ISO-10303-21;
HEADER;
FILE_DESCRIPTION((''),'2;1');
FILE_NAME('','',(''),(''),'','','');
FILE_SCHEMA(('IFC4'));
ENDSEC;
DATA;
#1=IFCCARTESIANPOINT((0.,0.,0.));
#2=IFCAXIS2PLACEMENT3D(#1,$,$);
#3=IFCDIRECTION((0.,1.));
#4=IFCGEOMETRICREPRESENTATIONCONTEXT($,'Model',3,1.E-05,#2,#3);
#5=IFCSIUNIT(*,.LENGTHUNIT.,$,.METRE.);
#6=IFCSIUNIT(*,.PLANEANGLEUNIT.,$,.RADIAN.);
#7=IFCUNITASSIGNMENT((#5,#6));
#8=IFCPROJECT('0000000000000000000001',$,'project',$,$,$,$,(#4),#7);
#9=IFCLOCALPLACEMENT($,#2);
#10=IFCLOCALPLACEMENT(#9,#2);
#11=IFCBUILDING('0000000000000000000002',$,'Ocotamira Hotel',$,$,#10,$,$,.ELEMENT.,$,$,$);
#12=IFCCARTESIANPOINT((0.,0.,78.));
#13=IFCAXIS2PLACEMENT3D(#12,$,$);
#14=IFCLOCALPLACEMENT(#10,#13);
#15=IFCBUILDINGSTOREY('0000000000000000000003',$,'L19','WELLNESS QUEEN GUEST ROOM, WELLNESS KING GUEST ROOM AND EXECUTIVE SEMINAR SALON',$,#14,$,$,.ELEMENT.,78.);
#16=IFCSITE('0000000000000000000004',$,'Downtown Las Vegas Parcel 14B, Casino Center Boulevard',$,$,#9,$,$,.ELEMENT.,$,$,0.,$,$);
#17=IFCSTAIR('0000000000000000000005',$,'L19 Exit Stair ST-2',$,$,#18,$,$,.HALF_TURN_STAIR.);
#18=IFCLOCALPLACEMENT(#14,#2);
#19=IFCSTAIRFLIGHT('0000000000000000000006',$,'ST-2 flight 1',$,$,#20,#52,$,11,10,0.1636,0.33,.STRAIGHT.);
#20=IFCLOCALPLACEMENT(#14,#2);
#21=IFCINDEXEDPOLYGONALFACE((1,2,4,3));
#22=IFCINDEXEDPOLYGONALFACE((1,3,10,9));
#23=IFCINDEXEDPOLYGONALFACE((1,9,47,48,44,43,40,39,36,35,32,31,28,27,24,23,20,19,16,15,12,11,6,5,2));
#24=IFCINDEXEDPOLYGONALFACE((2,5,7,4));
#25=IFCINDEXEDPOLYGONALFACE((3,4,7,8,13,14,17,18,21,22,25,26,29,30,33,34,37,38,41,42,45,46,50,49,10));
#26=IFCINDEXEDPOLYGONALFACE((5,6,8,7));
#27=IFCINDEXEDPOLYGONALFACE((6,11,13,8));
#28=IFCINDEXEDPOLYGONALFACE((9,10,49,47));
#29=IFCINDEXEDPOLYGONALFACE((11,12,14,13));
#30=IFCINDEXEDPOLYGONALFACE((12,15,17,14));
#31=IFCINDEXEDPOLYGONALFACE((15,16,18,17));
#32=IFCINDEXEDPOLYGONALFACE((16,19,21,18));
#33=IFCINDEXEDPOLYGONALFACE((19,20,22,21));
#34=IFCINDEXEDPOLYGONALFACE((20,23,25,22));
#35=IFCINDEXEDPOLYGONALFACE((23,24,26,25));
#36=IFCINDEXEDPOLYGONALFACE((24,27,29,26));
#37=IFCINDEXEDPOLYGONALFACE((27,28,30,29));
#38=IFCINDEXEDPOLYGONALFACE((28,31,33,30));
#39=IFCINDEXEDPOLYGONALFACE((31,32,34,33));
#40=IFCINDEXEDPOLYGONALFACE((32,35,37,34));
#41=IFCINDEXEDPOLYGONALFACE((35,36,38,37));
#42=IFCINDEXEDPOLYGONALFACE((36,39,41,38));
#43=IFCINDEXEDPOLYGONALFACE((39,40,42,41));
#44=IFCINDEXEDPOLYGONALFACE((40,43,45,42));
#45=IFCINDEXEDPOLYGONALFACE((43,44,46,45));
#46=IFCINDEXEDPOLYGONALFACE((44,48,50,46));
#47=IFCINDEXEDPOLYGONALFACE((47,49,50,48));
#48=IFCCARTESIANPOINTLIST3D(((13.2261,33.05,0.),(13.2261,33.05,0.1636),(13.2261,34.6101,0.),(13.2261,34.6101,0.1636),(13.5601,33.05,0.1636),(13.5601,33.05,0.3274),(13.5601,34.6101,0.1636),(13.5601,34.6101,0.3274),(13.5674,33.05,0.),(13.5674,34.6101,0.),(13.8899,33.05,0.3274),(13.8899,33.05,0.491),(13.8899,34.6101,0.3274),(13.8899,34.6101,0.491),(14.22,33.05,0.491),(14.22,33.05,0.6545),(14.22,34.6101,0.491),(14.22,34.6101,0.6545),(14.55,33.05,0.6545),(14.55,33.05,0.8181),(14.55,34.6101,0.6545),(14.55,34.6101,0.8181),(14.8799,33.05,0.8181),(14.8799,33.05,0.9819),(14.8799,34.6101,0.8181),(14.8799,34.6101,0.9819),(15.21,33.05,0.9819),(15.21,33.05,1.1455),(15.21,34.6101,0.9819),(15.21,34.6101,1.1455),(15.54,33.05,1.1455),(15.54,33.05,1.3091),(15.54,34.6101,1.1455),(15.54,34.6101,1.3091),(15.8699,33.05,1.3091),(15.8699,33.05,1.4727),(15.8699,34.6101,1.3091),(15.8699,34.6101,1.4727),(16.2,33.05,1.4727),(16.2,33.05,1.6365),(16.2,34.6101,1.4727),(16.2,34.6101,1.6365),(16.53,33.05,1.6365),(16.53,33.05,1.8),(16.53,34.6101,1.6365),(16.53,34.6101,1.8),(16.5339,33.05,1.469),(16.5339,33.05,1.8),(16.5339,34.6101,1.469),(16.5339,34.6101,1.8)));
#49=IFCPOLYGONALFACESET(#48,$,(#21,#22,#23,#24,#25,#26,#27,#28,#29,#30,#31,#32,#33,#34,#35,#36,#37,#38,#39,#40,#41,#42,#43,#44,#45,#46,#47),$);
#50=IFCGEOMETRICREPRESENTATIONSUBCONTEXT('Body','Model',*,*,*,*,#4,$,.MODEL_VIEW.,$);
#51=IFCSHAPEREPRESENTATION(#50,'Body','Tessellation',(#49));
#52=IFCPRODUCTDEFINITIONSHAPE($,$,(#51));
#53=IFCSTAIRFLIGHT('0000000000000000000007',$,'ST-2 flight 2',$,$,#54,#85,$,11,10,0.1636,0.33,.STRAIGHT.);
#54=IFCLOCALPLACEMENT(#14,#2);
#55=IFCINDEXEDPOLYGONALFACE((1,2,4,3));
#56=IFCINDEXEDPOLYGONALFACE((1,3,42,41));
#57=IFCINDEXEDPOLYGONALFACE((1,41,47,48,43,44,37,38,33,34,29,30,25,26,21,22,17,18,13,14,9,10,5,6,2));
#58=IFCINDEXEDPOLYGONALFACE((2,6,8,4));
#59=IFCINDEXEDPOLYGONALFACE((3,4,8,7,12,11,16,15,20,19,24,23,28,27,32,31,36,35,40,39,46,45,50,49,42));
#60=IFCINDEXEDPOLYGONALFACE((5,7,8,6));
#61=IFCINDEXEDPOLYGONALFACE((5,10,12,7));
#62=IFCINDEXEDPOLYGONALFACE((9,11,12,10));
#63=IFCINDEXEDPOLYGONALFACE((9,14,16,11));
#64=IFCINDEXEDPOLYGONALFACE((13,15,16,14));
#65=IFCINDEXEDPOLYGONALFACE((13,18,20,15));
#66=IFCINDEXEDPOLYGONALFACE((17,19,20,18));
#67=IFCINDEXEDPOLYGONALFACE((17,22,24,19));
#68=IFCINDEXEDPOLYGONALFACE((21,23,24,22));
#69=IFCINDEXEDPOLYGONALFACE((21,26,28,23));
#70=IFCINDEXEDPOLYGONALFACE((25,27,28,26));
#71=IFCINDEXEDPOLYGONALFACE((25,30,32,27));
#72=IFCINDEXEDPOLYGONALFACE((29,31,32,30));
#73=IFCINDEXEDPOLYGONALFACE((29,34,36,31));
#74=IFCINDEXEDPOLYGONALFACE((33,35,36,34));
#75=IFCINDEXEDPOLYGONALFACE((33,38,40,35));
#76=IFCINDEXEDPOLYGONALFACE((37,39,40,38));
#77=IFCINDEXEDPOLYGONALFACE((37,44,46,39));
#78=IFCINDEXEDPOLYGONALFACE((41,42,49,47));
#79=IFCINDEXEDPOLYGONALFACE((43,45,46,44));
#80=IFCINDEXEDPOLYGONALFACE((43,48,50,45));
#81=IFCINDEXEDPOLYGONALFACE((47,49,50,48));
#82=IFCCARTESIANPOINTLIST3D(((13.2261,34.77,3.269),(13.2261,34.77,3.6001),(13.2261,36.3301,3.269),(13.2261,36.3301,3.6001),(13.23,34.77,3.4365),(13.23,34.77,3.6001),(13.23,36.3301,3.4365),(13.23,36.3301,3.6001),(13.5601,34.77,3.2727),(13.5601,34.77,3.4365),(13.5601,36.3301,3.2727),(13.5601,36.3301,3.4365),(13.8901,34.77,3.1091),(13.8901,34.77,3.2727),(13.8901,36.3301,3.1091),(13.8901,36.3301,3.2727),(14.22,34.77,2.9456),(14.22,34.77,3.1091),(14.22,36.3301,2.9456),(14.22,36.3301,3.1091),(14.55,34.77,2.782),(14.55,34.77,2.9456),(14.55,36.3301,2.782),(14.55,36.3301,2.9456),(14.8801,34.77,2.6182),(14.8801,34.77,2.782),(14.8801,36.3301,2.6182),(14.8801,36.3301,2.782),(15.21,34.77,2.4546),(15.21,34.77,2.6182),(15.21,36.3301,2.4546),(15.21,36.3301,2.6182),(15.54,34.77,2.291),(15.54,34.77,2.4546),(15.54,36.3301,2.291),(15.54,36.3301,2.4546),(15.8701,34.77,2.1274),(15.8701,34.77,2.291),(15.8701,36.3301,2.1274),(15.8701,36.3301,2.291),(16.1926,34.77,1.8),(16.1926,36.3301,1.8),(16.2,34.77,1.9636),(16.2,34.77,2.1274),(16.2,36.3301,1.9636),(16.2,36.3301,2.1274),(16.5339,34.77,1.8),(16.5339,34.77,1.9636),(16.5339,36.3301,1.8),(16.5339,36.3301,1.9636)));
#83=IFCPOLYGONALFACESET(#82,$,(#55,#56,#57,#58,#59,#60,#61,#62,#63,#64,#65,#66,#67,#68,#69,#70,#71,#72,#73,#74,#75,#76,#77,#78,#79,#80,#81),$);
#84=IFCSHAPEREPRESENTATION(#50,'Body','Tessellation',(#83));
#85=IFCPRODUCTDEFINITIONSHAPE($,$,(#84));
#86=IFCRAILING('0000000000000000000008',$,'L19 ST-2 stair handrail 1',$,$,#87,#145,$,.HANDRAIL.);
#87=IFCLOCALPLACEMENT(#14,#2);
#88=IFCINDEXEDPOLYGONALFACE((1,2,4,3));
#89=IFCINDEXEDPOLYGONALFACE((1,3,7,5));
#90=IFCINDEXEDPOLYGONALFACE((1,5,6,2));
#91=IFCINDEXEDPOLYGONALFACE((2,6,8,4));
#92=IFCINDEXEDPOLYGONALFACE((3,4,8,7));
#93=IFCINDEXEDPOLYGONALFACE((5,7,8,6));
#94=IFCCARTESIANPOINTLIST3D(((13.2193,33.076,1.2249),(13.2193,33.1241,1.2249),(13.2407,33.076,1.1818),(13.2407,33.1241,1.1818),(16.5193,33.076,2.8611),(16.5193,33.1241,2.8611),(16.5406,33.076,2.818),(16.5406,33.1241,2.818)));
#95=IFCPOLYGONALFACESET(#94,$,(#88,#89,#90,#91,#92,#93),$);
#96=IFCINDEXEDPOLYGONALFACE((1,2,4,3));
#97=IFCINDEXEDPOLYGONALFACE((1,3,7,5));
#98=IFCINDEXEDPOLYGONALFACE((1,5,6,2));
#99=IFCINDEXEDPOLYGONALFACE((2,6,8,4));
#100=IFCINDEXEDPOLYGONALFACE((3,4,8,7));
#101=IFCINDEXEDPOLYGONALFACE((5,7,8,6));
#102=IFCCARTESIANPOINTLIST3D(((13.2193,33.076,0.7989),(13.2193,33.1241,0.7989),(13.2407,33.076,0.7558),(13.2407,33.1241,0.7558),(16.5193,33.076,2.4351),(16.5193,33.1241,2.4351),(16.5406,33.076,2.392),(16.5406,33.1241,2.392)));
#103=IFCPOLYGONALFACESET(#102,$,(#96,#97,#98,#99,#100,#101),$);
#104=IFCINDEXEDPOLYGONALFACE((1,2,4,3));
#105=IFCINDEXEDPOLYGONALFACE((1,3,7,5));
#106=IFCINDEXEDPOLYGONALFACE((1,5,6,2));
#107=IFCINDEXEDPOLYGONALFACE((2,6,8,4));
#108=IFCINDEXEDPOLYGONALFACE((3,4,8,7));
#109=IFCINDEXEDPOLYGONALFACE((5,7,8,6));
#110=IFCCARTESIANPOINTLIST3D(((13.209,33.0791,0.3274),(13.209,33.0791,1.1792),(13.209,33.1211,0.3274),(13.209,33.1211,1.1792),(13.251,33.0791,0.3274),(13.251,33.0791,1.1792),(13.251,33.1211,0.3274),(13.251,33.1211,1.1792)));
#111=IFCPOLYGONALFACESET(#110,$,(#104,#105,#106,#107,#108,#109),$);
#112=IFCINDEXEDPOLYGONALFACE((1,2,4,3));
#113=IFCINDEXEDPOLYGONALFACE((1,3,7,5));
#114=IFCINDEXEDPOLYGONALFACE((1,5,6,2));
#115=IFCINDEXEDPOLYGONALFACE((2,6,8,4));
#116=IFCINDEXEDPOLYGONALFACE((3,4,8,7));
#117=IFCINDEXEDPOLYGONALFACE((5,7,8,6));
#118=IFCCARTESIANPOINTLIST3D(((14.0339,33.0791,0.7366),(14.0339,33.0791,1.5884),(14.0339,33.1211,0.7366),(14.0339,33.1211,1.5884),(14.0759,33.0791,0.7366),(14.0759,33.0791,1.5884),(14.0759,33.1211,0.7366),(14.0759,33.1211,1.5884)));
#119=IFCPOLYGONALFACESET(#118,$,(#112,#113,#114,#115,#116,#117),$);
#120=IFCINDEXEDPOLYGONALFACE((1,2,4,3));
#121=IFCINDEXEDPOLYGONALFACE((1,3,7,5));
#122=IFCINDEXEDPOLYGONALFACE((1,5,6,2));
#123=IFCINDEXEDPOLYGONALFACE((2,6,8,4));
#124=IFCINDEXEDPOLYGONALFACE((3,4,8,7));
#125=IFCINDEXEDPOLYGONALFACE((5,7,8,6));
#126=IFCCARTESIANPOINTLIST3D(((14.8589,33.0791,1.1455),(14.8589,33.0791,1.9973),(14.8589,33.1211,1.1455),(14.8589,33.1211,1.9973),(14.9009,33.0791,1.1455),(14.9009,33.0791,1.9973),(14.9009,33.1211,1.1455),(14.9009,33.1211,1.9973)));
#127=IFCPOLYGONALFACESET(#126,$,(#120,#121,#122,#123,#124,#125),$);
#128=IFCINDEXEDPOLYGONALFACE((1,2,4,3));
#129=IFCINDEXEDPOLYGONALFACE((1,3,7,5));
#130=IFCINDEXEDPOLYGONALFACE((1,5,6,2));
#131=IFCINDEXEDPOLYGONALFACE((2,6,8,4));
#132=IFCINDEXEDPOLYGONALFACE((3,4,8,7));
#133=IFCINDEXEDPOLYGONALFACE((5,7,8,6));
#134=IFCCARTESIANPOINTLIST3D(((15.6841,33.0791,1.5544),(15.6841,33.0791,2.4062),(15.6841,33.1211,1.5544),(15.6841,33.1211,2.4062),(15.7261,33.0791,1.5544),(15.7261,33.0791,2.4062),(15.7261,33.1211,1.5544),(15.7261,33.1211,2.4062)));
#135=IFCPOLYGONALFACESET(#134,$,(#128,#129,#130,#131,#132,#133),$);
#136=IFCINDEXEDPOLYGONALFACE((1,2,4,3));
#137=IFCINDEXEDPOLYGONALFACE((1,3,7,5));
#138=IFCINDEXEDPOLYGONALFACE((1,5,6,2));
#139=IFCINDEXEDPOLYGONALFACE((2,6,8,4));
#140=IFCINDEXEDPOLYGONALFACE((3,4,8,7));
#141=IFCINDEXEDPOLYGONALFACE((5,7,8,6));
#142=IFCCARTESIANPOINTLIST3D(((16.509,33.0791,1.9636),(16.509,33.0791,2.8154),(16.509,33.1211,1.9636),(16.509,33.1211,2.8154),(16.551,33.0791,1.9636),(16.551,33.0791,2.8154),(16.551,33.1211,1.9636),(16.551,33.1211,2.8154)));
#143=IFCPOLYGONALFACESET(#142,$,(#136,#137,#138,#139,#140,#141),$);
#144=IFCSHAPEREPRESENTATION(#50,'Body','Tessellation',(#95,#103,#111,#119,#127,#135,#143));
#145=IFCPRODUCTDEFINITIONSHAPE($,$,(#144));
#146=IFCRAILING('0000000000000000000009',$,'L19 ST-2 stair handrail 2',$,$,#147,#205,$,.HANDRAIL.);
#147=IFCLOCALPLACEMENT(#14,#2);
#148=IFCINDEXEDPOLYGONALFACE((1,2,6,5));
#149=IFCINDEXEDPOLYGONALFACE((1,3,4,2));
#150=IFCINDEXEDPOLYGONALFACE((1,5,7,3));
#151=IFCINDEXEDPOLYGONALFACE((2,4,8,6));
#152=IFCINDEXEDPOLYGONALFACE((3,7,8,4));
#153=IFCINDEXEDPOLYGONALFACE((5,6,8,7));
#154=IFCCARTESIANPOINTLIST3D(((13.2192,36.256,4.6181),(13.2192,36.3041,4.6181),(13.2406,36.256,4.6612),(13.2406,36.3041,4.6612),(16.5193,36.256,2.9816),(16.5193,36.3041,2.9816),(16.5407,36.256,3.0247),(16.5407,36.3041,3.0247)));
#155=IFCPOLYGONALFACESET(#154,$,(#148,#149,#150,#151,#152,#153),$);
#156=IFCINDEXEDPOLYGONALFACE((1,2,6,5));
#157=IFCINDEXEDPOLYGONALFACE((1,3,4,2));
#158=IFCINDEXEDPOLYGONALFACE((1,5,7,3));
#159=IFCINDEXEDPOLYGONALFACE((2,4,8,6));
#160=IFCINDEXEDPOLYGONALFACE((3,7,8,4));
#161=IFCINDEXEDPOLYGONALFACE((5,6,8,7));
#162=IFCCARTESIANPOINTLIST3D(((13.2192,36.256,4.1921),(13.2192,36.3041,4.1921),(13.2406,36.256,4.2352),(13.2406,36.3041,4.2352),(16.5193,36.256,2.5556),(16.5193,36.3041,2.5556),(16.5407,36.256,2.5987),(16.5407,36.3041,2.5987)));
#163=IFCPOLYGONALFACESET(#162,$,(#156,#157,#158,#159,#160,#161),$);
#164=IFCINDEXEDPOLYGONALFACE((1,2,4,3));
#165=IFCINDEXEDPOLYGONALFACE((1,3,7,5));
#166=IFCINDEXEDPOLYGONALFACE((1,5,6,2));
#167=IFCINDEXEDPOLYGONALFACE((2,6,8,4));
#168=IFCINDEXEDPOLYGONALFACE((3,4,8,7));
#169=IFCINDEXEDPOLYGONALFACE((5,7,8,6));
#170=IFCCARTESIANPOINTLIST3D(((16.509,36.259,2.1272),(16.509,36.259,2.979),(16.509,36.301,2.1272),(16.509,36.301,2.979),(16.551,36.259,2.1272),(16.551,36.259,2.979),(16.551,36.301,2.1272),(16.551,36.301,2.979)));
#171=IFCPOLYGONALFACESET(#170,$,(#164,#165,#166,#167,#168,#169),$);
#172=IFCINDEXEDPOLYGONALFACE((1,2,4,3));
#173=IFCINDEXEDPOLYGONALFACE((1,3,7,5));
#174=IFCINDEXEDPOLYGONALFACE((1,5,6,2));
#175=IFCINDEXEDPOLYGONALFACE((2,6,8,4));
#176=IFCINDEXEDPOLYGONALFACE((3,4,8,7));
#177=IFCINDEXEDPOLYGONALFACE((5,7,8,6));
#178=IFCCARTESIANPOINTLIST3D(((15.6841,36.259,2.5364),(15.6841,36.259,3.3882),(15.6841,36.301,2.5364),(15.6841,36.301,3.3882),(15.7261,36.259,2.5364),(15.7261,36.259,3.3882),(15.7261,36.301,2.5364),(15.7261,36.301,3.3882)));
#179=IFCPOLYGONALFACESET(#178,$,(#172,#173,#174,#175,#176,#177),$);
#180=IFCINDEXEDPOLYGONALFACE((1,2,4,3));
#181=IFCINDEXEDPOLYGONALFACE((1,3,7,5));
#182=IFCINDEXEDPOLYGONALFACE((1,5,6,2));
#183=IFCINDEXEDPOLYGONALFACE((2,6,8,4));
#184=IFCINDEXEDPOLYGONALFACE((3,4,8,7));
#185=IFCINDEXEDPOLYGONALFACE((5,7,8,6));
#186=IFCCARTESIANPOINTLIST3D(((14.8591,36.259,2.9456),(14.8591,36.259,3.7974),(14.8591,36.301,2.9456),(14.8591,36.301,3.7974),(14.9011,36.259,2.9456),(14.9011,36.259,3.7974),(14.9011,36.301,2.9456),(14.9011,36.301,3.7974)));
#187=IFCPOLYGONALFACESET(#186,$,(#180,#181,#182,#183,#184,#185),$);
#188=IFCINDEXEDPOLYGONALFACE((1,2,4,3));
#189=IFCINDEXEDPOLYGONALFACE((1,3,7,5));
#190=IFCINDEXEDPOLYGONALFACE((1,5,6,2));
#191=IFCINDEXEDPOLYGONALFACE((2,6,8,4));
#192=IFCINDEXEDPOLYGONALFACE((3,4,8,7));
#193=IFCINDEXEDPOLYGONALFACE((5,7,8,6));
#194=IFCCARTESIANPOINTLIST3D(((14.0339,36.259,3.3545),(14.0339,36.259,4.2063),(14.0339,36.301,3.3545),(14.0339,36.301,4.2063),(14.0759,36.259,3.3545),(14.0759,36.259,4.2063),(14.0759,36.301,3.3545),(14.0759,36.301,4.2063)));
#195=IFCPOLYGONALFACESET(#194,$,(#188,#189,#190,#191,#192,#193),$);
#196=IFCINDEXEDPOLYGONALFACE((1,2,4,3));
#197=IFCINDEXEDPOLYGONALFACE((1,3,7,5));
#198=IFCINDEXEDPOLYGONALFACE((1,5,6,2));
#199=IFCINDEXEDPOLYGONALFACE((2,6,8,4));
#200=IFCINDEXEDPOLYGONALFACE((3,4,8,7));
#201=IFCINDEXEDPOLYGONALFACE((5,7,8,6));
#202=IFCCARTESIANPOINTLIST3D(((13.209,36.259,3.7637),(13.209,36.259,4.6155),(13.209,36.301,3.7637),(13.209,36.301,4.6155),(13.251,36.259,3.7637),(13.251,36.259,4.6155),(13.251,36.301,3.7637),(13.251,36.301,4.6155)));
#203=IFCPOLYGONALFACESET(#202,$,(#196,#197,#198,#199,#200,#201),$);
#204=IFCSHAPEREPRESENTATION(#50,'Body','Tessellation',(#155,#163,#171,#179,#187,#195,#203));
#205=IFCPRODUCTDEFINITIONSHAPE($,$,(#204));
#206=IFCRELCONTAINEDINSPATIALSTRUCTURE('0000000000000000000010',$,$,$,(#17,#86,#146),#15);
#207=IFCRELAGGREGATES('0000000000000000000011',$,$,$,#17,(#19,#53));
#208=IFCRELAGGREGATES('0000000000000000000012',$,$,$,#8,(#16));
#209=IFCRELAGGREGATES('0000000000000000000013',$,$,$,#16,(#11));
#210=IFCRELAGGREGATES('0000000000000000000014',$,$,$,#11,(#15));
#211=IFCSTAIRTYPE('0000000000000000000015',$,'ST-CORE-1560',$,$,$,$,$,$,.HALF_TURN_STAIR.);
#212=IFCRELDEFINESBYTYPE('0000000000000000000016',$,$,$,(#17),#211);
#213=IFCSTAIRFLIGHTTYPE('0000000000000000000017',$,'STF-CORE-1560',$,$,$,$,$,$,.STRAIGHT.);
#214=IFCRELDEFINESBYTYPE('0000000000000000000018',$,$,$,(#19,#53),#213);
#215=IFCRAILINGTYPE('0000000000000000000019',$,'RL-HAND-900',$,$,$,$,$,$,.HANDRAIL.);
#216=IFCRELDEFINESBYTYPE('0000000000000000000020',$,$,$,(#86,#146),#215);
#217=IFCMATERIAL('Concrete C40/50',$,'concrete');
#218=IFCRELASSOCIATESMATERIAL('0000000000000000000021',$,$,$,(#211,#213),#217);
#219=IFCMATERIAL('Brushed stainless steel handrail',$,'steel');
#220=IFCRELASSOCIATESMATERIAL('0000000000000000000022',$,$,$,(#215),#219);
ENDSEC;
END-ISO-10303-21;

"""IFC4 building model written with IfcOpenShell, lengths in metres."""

from ifc_helpers import new_model, si_unit, direction, frame, origin, origin_2d, place, context, subcontext, project, spatial, polyline, rectangle, outline, extrude, source, transform, mapped, material, type_object, element, aggregate, save


model = new_model("IFC4")

# Units and contexts
model_context = context("Model", 3, precision=1e-05, world=origin(), true_north=direction((0.0, 1.0)))
body_context = subcontext(model_context, "Body", "Model", "MODEL_VIEW")
ifc_project = project(units=[si_unit("LENGTHUNIT", "METRE"), si_unit("PLANEANGLEUNIT", "RADIAN")], contexts=[model_context])

# Site, building, storey
site_placement = place(None, origin())
site = spatial("IfcSite", under=ifc_project, at=site_placement, Name="Downtown Las Vegas Parcel 14B, Casino Center Boulevard", CompositionType="ELEMENT", RefElevation=0.0)
building_placement = place(site_placement, origin())
building = spatial("IfcBuilding", under=site, at=building_placement, Name="Ocotamira Hotel", CompositionType="ELEMENT")
storey_placement = place(building_placement, frame((0.0, 0.0, 78.0)))
storey = spatial("IfcBuildingStorey", under=building, at=storey_placement, Name="L19", Description="WELLNESS QUEEN GUEST ROOM, WELLNESS KING GUEST ROOM AND EXECUTIVE SEMINAR SALON", CompositionType="ELEMENT", Elevation=78.0)

# Stair, stair flights
ifc_material_1 = material(Name="Concrete C40/50", Category="concrete")
stair_type = type_object("IfcStairType", Name="ST-CORE-1560", PredefinedType="HALF_TURN_STAIR", material=ifc_material_1)
stair_placement = place(storey_placement, origin())
stair = element("IfcStair", 1, at=stair_placement, inside=storey, type_object=stair_type, Name="L19 Exit Stair ST-2", PredefinedType="HALF_TURN_STAIR")
stair_flight_type = type_object("IfcStairFlightType", Name="STF-CORE-1560", PredefinedType="STRAIGHT", material=ifc_material_1)
shared_shape_1 = source(origin(), body_context, "Body", "SweptSolid", [
    extrude(outline(polyline([(-0.0039, 0.0), (-0.0039, 0.1636), (0.3301, 0.1636), (0.3301, 0.3274), (0.6599, 0.3274), (0.6599, 0.491), (0.99, 0.491), (0.99, 0.6545), (1.3201, 0.6545), (1.3201, 0.8181), (1.6499, 0.8181), (1.6499, 0.9819), (1.98, 0.9819), (1.98, 1.1455), (2.3101, 1.1455), (2.3101, 1.3091), (2.6399, 1.3091), (2.6399, 1.4727), (2.97, 1.4727), (2.97, 1.6365), (3.3, 1.6365), (3.3, 1.8), (3.304, 1.8), (3.304, 1.469), (0.3374, 0.0), (-0.0039, 0.0)])), frame((0.0, 0.78, 0.0), z_axis=(0.0, -1.0, 0.0), x_axis=(1.0, 0.0, 0.0)), (0.0, 0.0, 1.0), 1.5601),
])
stair_flight_1_placement = place(storey_placement, frame((13.23, 33.8301, 0.0), z_axis=(0.0, 0.0, 1.0), x_axis=(1.0, 0.0, 0.0)))
stair_flight_1 = element("IfcStairFlight", 2, at=stair_flight_1_placement, type_object=stair_flight_type, Name="ST-2 flight 1", NumberOfRisers=11, NumberOfTreads=10, PredefinedType="STRAIGHT", RiserHeight=0.1636, TreadLength=0.33, context=body_context, shape_type="MappedRepresentation", body=[
    mapped(shared_shape_1, transform((0.0, 0.0, 0.0), scale=1.0)),
])
stair_flight_2_placement = place(storey_placement, frame((16.53, 35.55, 1.8), z_axis=(0.0, 0.0, 1.0), x_axis=(-1.0, 0.0, 0.0)))
stair_flight_2 = element("IfcStairFlight", 3, at=stair_flight_2_placement, type_object=stair_flight_type, Name="ST-2 flight 2", NumberOfRisers=11, NumberOfTreads=10, PredefinedType="STRAIGHT", RiserHeight=0.1636, TreadLength=0.33, context=body_context, shape_type="MappedRepresentation", body=[
    mapped(shared_shape_1, transform((0.0, 0.0, 0.0), scale=1.0)),
])
aggregate(stair, [stair_flight_1, stair_flight_2])

# Railings
ifc_material_2 = material(Name="Brushed stainless steel handrail", Category="steel")
railing_type_1 = type_object("IfcRailingType", Name="RL-HAND-900", PredefinedType="HANDRAIL", material=ifc_material_2)
railing_1_placement = place(storey_placement, frame((13.23, 33.1001, 0.3274)))
element("IfcRailing", 4, at=railing_1_placement, inside=storey, type_object=railing_type_1, Name="L19 ST-2 stair handrail 1", PredefinedType="HANDRAIL", context=body_context, shape_type="SweptSolid", body=[
    extrude(rectangle(XDim=0.0481, YDim=0.0481, at=origin_2d()), frame((0.0, 0.0, 0.876), z_axis=(0.89592, 0.0, 0.444215), x_axis=(0.0, 1.0, 0.0)), (0.0, 0.0, 1.0), 3.6833),
    extrude(rectangle(XDim=0.0481, YDim=0.0481, at=origin_2d()), frame((0.0, 0.0, 0.45), z_axis=(0.89592, 0.0, 0.444215), x_axis=(0.0, 1.0, 0.0)), (0.0, 0.0, 1.0), 3.6833),
    extrude(rectangle(XDim=0.042, YDim=0.042, at=origin_2d()), origin(), (0.0, 0.0, 1.0), 0.8518),
    extrude(rectangle(XDim=0.042, YDim=0.042, at=origin_2d()), frame((0.825, 0.0, 0.4092)), (0.0, 0.0, 1.0), 0.8518),
    extrude(rectangle(XDim=0.042, YDim=0.042, at=origin_2d()), frame((1.6499, 0.0, 0.8181)), (0.0, 0.0, 1.0), 0.8518),
    extrude(rectangle(XDim=0.042, YDim=0.042, at=origin_2d()), frame((2.4751, 0.0, 1.2271)), (0.0, 0.0, 1.0), 0.8518),
    extrude(rectangle(XDim=0.042, YDim=0.042, at=origin_2d()), frame((3.3, 0.0, 1.6362)), (0.0, 0.0, 1.0), 0.8518),
])
railing_2_placement = place(storey_placement, frame((16.53, 36.28, 2.1272)))
element("IfcRailing", 5, at=railing_2_placement, inside=storey, type_object=railing_type_1, Name="L19 ST-2 stair handrail 2", PredefinedType="HANDRAIL", context=body_context, shape_type="SweptSolid", body=[
    extrude(rectangle(XDim=0.0481, YDim=0.0481, at=origin_2d()), frame((0.0, 0.0, 0.876), z_axis=(-0.895894, 0.0, 0.444268), x_axis=(0.0, -1.0, 0.0)), (0.0, 0.0, 1.0), 3.6836),
    extrude(rectangle(XDim=0.0481, YDim=0.0481, at=origin_2d()), frame((0.0, 0.0, 0.45), z_axis=(-0.895894, 0.0, 0.444268), x_axis=(0.0, -1.0, 0.0)), (0.0, 0.0, 1.0), 3.6836),
    extrude(rectangle(XDim=0.042, YDim=0.042, at=origin_2d()), origin(), (0.0, 0.0, 1.0), 0.8518),
    extrude(rectangle(XDim=0.042, YDim=0.042, at=origin_2d()), frame((-0.825, 0.0, 0.4092)), (0.0, 0.0, 1.0), 0.8518),
    extrude(rectangle(XDim=0.042, YDim=0.042, at=origin_2d()), frame((-1.6499, 0.0, 0.8184)), (0.0, 0.0, 1.0), 0.8518),
    extrude(rectangle(XDim=0.042, YDim=0.042, at=origin_2d()), frame((-2.4751, 0.0, 1.2273)), (0.0, 0.0, 1.0), 0.8518),
    extrude(rectangle(XDim=0.042, YDim=0.042, at=origin_2d()), frame((-3.3, 0.0, 1.6365)), (0.0, 0.0, 1.0), 0.8518),
])

save(model, "model.ifc")
